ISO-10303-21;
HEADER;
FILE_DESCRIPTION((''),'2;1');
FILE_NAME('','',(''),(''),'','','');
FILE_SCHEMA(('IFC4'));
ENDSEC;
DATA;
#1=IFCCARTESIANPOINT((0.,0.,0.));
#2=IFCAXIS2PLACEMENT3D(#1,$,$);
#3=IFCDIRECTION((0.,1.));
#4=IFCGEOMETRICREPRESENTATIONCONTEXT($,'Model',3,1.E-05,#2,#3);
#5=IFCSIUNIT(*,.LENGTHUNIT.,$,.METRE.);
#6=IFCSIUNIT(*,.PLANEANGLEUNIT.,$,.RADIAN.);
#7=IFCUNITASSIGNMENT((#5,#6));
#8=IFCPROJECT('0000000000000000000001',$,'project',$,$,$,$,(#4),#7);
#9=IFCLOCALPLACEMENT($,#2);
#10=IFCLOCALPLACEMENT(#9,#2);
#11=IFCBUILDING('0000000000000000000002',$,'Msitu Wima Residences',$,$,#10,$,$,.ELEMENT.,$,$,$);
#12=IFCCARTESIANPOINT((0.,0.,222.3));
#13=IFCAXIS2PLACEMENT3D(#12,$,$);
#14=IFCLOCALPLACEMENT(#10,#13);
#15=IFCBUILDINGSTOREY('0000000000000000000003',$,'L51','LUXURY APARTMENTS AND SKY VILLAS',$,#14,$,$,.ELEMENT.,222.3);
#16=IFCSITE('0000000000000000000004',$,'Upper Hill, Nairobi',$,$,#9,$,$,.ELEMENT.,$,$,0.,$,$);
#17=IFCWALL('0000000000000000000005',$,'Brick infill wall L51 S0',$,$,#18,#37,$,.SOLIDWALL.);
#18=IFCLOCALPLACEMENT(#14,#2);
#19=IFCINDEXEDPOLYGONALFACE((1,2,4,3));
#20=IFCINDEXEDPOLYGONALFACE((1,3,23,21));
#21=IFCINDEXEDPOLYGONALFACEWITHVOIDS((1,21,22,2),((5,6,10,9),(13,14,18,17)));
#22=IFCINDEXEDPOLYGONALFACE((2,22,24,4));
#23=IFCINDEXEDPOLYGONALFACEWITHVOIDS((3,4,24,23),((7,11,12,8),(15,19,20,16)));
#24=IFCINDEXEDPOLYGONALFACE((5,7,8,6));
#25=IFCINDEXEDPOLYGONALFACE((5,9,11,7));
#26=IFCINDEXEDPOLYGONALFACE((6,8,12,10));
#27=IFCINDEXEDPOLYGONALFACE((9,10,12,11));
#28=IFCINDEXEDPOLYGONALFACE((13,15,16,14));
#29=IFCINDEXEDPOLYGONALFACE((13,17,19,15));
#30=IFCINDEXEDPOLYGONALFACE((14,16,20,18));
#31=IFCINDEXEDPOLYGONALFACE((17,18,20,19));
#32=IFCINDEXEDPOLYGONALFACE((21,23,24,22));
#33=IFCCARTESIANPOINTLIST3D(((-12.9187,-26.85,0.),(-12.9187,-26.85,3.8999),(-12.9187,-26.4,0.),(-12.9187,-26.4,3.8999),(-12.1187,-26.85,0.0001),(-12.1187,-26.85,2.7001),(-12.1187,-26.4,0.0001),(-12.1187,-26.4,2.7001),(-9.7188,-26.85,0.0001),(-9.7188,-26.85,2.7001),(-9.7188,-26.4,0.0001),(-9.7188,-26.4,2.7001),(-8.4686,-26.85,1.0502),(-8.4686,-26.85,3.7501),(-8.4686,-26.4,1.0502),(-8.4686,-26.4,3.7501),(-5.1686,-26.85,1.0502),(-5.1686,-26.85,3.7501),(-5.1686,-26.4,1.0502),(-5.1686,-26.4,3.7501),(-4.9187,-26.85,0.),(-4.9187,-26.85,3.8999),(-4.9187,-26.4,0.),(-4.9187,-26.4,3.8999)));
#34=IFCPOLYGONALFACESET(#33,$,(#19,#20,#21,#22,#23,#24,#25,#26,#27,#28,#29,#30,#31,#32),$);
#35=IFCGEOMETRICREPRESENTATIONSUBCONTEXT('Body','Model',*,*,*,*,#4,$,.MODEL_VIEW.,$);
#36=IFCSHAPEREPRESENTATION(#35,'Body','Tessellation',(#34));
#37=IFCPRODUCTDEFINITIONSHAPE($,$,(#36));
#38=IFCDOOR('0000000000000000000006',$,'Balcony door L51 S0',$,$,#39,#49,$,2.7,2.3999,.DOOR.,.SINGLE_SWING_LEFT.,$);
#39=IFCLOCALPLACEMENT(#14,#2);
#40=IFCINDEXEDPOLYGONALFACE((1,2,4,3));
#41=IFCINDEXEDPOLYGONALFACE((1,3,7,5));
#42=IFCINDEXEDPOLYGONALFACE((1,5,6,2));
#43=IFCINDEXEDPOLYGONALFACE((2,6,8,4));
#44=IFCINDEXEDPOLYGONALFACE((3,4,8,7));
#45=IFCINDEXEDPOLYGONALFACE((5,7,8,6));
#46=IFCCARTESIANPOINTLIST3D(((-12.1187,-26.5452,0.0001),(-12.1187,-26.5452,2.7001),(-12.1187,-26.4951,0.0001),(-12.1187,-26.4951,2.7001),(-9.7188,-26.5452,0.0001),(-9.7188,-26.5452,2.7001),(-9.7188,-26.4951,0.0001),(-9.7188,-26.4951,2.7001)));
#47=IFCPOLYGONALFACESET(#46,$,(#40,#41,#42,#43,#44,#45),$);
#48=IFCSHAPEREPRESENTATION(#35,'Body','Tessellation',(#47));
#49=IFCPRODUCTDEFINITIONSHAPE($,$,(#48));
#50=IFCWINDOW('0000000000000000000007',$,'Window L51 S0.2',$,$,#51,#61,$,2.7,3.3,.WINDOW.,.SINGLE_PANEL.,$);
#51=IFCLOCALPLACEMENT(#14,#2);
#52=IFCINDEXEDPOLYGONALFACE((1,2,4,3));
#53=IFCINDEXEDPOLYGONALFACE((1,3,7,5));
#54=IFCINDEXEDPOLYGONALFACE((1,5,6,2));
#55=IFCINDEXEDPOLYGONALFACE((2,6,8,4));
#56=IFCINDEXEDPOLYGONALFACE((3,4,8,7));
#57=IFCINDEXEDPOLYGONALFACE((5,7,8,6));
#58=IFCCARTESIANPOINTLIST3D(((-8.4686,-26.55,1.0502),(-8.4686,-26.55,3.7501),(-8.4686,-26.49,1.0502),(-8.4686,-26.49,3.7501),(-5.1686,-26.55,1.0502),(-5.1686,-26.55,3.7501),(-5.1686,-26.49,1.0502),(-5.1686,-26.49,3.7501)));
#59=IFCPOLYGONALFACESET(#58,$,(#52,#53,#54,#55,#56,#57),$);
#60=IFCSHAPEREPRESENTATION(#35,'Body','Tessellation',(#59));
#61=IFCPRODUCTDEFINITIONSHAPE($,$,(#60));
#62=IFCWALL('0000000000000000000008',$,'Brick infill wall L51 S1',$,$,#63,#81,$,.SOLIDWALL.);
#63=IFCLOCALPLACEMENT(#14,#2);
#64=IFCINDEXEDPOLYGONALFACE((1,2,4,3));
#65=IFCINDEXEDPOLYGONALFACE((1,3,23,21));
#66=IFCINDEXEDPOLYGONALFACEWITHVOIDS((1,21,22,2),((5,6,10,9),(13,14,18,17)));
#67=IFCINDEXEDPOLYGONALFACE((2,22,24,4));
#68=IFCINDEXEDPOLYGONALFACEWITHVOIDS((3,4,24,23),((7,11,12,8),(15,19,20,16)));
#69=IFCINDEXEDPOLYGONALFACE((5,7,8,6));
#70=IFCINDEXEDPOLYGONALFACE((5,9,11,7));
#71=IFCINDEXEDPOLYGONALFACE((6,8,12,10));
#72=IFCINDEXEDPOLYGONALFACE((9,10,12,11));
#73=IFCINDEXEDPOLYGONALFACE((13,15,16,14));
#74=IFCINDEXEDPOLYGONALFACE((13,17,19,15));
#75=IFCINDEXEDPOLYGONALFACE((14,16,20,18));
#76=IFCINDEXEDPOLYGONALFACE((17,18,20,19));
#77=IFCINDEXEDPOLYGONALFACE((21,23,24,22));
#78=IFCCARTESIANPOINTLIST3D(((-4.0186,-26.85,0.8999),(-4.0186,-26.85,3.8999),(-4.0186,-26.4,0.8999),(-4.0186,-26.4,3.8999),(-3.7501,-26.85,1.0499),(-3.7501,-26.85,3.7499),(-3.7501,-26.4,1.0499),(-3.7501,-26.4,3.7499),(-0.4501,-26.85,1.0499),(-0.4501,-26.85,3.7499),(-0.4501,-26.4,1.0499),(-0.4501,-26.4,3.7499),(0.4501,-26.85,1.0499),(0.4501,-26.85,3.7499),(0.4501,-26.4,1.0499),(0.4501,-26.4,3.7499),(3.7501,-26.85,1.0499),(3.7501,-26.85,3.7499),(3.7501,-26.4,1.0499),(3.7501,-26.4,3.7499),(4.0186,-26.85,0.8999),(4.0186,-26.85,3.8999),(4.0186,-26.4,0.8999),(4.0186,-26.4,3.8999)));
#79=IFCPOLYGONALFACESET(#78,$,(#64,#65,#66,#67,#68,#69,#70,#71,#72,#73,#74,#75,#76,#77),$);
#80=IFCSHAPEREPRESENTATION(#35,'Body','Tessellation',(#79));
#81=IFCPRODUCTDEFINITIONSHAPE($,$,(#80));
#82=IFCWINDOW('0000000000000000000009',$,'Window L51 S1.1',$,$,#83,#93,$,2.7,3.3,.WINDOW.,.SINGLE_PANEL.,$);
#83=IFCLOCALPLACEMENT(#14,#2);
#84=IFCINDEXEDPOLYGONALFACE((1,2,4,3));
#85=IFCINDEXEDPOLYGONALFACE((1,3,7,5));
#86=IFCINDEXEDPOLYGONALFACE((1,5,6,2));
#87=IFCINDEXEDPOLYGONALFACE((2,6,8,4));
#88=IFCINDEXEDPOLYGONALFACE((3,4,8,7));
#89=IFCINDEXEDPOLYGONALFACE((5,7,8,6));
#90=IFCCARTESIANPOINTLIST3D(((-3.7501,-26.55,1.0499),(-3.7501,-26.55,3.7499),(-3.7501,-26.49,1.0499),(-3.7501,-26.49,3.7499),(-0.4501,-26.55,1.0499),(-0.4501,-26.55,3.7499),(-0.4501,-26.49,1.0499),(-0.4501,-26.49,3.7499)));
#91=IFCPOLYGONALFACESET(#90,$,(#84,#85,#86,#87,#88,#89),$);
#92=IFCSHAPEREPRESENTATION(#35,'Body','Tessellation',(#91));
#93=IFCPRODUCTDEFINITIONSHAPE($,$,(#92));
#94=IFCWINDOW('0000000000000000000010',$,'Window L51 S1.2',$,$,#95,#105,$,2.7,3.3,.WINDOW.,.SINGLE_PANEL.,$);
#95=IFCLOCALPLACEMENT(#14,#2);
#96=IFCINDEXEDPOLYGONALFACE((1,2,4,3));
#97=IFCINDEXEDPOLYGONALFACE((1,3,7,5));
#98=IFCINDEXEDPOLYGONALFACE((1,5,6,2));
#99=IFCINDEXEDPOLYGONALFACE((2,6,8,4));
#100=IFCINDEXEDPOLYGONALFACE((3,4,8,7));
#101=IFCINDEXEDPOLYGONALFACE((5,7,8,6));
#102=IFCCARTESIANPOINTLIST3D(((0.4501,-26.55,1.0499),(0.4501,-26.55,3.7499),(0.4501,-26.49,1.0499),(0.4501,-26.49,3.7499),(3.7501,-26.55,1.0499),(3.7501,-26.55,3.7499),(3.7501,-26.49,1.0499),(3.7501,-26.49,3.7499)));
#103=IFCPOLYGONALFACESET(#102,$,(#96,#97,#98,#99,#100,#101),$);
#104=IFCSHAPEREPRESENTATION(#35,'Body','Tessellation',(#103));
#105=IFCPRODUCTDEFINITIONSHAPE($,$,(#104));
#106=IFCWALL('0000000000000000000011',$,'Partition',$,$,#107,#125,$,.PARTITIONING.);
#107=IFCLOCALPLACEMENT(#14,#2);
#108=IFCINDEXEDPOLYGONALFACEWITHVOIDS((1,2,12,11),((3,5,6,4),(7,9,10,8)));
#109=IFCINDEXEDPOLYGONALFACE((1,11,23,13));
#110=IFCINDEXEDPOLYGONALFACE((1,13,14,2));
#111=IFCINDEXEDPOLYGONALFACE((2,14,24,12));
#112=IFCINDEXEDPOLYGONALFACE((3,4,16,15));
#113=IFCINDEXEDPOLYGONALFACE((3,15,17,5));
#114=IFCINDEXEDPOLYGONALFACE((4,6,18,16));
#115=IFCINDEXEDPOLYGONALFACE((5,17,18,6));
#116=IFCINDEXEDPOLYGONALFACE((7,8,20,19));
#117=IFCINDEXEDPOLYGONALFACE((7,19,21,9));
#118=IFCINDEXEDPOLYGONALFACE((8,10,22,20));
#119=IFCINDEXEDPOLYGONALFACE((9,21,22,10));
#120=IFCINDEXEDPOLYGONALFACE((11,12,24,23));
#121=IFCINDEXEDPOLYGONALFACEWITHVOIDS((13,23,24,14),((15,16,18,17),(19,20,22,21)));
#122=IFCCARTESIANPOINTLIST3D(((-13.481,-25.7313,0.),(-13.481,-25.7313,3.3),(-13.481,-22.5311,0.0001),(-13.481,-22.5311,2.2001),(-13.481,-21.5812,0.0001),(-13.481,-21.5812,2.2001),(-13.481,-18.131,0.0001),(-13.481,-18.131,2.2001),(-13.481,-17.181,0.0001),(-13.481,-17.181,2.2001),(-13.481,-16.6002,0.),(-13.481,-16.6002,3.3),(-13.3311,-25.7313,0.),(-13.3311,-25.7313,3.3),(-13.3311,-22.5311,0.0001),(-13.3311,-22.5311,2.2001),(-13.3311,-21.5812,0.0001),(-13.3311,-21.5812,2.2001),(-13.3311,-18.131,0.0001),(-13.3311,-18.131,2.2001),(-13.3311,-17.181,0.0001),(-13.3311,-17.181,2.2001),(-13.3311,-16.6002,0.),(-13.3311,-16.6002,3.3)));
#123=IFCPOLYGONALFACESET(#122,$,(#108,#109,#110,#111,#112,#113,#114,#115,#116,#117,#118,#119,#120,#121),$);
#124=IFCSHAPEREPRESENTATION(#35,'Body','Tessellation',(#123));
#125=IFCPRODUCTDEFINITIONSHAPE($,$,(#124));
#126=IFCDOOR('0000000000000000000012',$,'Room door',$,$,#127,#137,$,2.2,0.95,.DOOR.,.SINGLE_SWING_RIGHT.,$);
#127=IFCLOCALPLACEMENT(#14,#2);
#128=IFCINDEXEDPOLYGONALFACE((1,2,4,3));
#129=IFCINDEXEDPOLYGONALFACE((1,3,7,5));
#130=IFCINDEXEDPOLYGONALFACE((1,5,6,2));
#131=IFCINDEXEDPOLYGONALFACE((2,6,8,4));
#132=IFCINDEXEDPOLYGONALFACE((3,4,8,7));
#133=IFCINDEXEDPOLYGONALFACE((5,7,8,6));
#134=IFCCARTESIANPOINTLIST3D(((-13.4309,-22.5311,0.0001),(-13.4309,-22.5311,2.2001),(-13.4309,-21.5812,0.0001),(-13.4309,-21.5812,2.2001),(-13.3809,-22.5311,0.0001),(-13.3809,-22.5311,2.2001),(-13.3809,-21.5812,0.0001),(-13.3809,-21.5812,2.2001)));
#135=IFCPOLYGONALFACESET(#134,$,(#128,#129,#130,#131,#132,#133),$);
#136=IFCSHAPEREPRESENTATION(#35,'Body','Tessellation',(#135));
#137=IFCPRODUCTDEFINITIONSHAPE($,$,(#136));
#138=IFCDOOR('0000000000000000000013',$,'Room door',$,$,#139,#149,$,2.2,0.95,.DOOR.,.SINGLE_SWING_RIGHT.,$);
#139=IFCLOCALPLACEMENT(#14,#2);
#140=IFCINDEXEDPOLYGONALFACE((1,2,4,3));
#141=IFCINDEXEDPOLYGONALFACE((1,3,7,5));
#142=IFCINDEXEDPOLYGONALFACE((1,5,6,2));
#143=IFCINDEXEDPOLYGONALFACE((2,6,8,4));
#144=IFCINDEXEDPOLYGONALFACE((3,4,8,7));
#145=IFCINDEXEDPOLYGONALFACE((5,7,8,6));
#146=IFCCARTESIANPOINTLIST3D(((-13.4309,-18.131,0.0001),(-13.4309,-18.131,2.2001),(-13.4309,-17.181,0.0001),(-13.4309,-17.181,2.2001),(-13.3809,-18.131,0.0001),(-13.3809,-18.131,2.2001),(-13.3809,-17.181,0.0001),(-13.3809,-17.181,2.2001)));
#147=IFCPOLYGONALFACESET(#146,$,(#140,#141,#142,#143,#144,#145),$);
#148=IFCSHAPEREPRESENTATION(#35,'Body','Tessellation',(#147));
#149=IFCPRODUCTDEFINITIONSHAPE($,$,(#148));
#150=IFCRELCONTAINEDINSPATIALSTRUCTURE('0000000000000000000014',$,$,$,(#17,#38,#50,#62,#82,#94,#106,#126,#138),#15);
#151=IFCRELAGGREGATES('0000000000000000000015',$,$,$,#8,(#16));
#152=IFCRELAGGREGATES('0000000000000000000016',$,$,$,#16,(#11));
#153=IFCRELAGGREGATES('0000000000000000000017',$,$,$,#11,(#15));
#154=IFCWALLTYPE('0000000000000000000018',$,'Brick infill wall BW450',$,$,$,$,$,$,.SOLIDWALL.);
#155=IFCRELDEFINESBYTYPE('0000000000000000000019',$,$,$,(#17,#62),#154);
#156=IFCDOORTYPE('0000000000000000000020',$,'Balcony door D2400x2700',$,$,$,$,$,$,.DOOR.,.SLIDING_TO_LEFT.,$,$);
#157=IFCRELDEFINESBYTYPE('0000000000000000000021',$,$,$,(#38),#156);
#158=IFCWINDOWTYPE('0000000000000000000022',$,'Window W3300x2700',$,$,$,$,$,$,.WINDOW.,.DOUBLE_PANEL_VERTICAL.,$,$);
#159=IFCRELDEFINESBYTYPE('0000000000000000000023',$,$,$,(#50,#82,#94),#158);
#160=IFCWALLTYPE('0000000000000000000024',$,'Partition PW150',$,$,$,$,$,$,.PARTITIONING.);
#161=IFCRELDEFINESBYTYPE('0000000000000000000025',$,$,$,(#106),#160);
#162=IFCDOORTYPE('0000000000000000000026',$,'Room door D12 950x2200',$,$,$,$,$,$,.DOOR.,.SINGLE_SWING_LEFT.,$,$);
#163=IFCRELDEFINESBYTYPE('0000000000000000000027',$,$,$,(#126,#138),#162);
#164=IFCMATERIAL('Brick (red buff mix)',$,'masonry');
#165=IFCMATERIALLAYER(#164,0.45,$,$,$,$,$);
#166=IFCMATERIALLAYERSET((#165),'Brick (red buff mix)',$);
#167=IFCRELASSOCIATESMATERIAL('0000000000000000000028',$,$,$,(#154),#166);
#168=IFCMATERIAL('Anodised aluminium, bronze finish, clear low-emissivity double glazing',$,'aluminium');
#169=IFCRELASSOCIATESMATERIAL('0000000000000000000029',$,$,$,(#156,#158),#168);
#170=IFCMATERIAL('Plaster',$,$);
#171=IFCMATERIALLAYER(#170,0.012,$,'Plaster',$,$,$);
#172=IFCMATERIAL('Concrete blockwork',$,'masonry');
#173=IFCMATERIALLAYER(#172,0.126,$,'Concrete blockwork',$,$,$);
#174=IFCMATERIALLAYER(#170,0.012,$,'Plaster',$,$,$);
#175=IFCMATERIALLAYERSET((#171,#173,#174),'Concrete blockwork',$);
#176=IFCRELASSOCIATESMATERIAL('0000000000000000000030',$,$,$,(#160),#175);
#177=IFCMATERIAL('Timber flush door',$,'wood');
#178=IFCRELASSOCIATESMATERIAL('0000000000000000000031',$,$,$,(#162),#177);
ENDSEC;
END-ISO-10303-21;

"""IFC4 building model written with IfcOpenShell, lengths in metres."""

from ifc_helpers import new_model, si_unit, direction, frame, frame_2d, origin, place, context, subcontext, project, spatial, rectangle, extrude, material, layer, layer_set, type_object, element, fill, save


model = new_model("IFC4")

# Units and contexts
model_context = context("Model", 3, precision=1e-05, world=origin(), true_north=direction((0.0, 1.0)))
body_context = subcontext(model_context, "Body", "Model", "MODEL_VIEW")
ifc_project = project(units=[si_unit("LENGTHUNIT", "METRE"), si_unit("PLANEANGLEUNIT", "RADIAN")], contexts=[model_context])

# Site, building, storey
site_placement = place(None, origin())
site = spatial("IfcSite", under=ifc_project, at=site_placement, Name="Upper Hill, Nairobi", CompositionType="ELEMENT", RefElevation=0.0)
building_placement = place(site_placement, origin())
building = spatial("IfcBuilding", under=site, at=building_placement, Name="Msitu Wima Residences", CompositionType="ELEMENT")
storey_placement = place(building_placement, frame((0.0, 0.0, 222.3)))
storey = spatial("IfcBuildingStorey", under=building, at=storey_placement, Name="L51", Description="LUXURY APARTMENTS AND SKY VILLAS", CompositionType="ELEMENT", Elevation=222.3)

# Wall, openings, door, window
ifc_material_1 = material(Name="Brick (red buff mix)", Category="masonry")
ifc_layer_1 = layer(ifc_material_1, 0.45)
ifc_layer_set_1 = layer_set([ifc_layer_1], Name="Brick (red buff mix)")
wall_type_1 = type_object("IfcWallType", Name="Brick infill wall BW450", PredefinedType="SOLIDWALL", material=ifc_layer_set_1)
wall_1_placement = place(storey_placement, frame((-12.9187, -26.625, 0.0), z_axis=(0.0, 0.0, 1.0), x_axis=(1.0, 0.0, 0.0)))
wall_1 = element("IfcWall", 1, at=wall_1_placement, inside=storey, type_object=wall_type_1, Name="Brick infill wall L51 S0", PredefinedType="SOLIDWALL", context=body_context, shape_type="SweptSolid", body=[
    extrude(rectangle(XDim=8.0, YDim=0.45, at=frame_2d((4.0, 0.0))), origin(), (0.0, 0.0, 1.0), 3.8999),
])
opening_1_placement = place(wall_1_placement, frame((0.8, 0.0, 0.0)))
opening_1 = element("IfcOpeningElement", 2, at=opening_1_placement, cuts=wall_1, PredefinedType="OPENING", context=body_context, shape_type="SweptSolid", body=[
    extrude(rectangle(XDim=2.3999, YDim=2.7, at=frame_2d((1.2, 1.3501))), frame((0.0, 0.2349, 0.0), z_axis=(0.0, -1.0, 0.0), x_axis=(1.0, 0.0, 0.0)), (0.0, 0.0, 1.0), 0.47),
])
opening_2_placement = place(wall_1_placement, frame((4.4502, 0.0, 1.05)))
opening_2 = element("IfcOpeningElement", 3, at=opening_2_placement, cuts=wall_1, PredefinedType="OPENING", context=body_context, shape_type="SweptSolid", body=[
    extrude(rectangle(XDim=3.3, YDim=2.7, at=frame_2d((1.6499, 1.3501))), frame((0.0, 0.2349, 0.0), z_axis=(0.0, -1.0, 0.0), x_axis=(1.0, 0.0, 0.0)), (0.0, 0.0, 1.0), 0.47),
])
ifc_material_2 = material(Name="Anodised aluminium, bronze finish, clear low-emissivity double glazing", Category="aluminium")
door_type_1 = type_object("IfcDoorType", Name="Balcony door D2400x2700", OperationType="SLIDING_TO_LEFT", PredefinedType="DOOR", material=ifc_material_2)
door_1_placement = place(opening_1_placement, origin())
door_1 = element("IfcDoor", 4, at=door_1_placement, inside=storey, type_object=door_type_1, Name="Balcony door L51 S0", OperationType="SINGLE_SWING_LEFT", OverallHeight=2.7, OverallWidth=2.3999, PredefinedType="DOOR", context=body_context, shape_type="SweptSolid", body=[
    extrude(rectangle(XDim=2.3999, YDim=2.7, at=frame_2d((1.2, 1.3501))), frame((0.0, 0.1299, 0.0), z_axis=(0.0, -1.0, 0.0), x_axis=(1.0, 0.0, 0.0)), (0.0, 0.0, 1.0), 0.05),
])
fill(opening_1, door_1)
window_type = type_object("IfcWindowType", Name="Window W3300x2700", PartitioningType="DOUBLE_PANEL_VERTICAL", PredefinedType="WINDOW", material=ifc_material_2)
window_1_placement = place(opening_2_placement, origin())
window_1 = element("IfcWindow", 5, at=window_1_placement, inside=storey, type_object=window_type, Name="Window L51 S0.2", OverallHeight=2.7, OverallWidth=3.3, PartitioningType="SINGLE_PANEL", PredefinedType="WINDOW", context=body_context, shape_type="SweptSolid", body=[
    extrude(rectangle(XDim=3.3, YDim=2.7, at=frame_2d((1.6499, 1.3501))), frame((0.0, 0.135, 0.0), z_axis=(0.0, -1.0, 0.0), x_axis=(1.0, 0.0, 0.0)), (0.0, 0.0, 1.0), 0.0601),
])
fill(opening_2, window_1)

# Wall, openings, windows
wall_2_placement = place(storey_placement, frame((-4.0186, -26.625, 0.8999), z_axis=(0.0, 0.0, 1.0), x_axis=(1.0, 0.0, 0.0)))
wall_2 = element("IfcWall", 6, at=wall_2_placement, inside=storey, type_object=wall_type_1, Name="Brick infill wall L51 S1", PredefinedType="SOLIDWALL", context=body_context, shape_type="SweptSolid", body=[
    extrude(rectangle(XDim=8.0371, YDim=0.45, at=frame_2d((4.0186, 0.0))), origin(), (0.0, 0.0, 1.0), 3.0),
])
opening_3_placement = place(wall_2_placement, frame((0.2686, 0.0, 0.1499)))
opening_3 = element("IfcOpeningElement", 7, at=opening_3_placement, cuts=wall_2, PredefinedType="OPENING", context=body_context, shape_type="SweptSolid", body=[
    extrude(rectangle(XDim=3.3, YDim=2.7, at=frame_2d((1.6499, 1.3501))), frame((0.0, 0.2349, 0.0), z_axis=(0.0, -1.0, 0.0), x_axis=(1.0, 0.0, 0.0)), (0.0, 0.0, 1.0), 0.47),
])
opening_4_placement = place(wall_2_placement, frame((4.4688, 0.0, 0.1499)))
opening_4 = element("IfcOpeningElement", 8, at=opening_4_placement, cuts=wall_2, PredefinedType="OPENING", context=body_context, shape_type="SweptSolid", body=[
    extrude(rectangle(XDim=3.3, YDim=2.7, at=frame_2d((1.6499, 1.3501))), frame((0.0, 0.2349, 0.0), z_axis=(0.0, -1.0, 0.0), x_axis=(1.0, 0.0, 0.0)), (0.0, 0.0, 1.0), 0.47),
])
window_2_placement = place(opening_3_placement, origin())
window_2 = element("IfcWindow", 9, at=window_2_placement, inside=storey, type_object=window_type, Name="Window L51 S1.1", OverallHeight=2.7, OverallWidth=3.3, PartitioningType="SINGLE_PANEL", PredefinedType="WINDOW", context=body_context, shape_type="SweptSolid", body=[
    extrude(rectangle(XDim=3.3, YDim=2.7, at=frame_2d((1.6499, 1.3501))), frame((0.0, 0.135, 0.0), z_axis=(0.0, -1.0, 0.0), x_axis=(1.0, 0.0, 0.0)), (0.0, 0.0, 1.0), 0.0601),
])
fill(opening_3, window_2)
window_3_placement = place(opening_4_placement, origin())
window_3 = element("IfcWindow", 10, at=window_3_placement, inside=storey, type_object=window_type, Name="Window L51 S1.2", OverallHeight=2.7, OverallWidth=3.3, PartitioningType="SINGLE_PANEL", PredefinedType="WINDOW", context=body_context, shape_type="SweptSolid", body=[
    extrude(rectangle(XDim=3.3, YDim=2.7, at=frame_2d((1.6499, 1.3501))), frame((0.0, 0.135, 0.0), z_axis=(0.0, -1.0, 0.0), x_axis=(1.0, 0.0, 0.0)), (0.0, 0.0, 1.0), 0.0601),
])
fill(opening_4, window_3)

# Wall, openings, doors
ifc_material_3 = material(Name="Plaster")
ifc_layer_2 = layer(ifc_material_3, 0.012, Name="Plaster")
ifc_material_4 = material(Name="Concrete blockwork", Category="masonry")
ifc_layer_3 = layer(ifc_material_4, 0.126, Name="Concrete blockwork")
ifc_layer_4 = layer(ifc_material_3, 0.012, Name="Plaster")
ifc_layer_set_2 = layer_set([ifc_layer_2, ifc_layer_3, ifc_layer_4], Name="Concrete blockwork")
wall_type_2 = type_object("IfcWallType", Name="Partition PW150", PredefinedType="PARTITIONING", material=ifc_layer_set_2)
wall_3_placement = place(storey_placement, frame((-13.406, -25.7312, 0.0), z_axis=(0.0, 0.0, 1.0), x_axis=(0.0, 1.0, 0.0)))
wall_3 = element("IfcWall", 11, at=wall_3_placement, inside=storey, type_object=wall_type_2, Name="Partition", PredefinedType="PARTITIONING", context=body_context, shape_type="SweptSolid", body=[
    extrude(rectangle(XDim=9.1311, YDim=0.1499, at=frame_2d((4.5654, 0.0))), origin(), (0.0, 0.0, 1.0), 3.3),
])
opening_5_placement = place(wall_3_placement, frame((3.2, 0.0, 0.0)))
opening_5 = element("IfcOpeningElement", 12, at=opening_5_placement, cuts=wall_3, PredefinedType="OPENING", context=body_context, shape_type="SweptSolid", body=[
    extrude(rectangle(XDim=0.95, YDim=2.2, at=frame_2d((0.4751, 1.1001))), frame((0.0, 0.085, 0.0), z_axis=(0.0, -1.0, 0.0), x_axis=(1.0, 0.0, 0.0)), (0.0, 0.0, 1.0), 0.1699),
])
opening_6_placement = place(wall_3_placement, frame((7.6001, 0.0, 0.0)))
opening_6 = element("IfcOpeningElement", 13, at=opening_6_placement, cuts=wall_3, PredefinedType="OPENING", context=body_context, shape_type="SweptSolid", body=[
    extrude(rectangle(XDim=0.95, YDim=2.2, at=frame_2d((0.4751, 1.1001))), frame((0.0, 0.085, 0.0), z_axis=(0.0, -1.0, 0.0), x_axis=(1.0, 0.0, 0.0)), (0.0, 0.0, 1.0), 0.1699),
])
ifc_material_5 = material(Name="Timber flush door", Category="wood")
door_type_2 = type_object("IfcDoorType", Name="Room door D12 950x2200", OperationType="SINGLE_SWING_LEFT", PredefinedType="DOOR", material=ifc_material_5)
door_2_placement = place(opening_5_placement, origin())
door_2 = element("IfcDoor", 14, at=door_2_placement, inside=storey, type_object=door_type_2, Name="Room door", OperationType="SINGLE_SWING_RIGHT", OverallHeight=2.2, OverallWidth=0.95, PredefinedType="DOOR", context=body_context, shape_type="SweptSolid", body=[
    extrude(rectangle(XDim=0.95, YDim=2.2, at=frame_2d((0.4751, 1.1001))), frame((0.0, 0.0249, 0.0), z_axis=(0.0, -1.0, 0.0), x_axis=(1.0, 0.0, 0.0)), (0.0, 0.0, 1.0), 0.05),
])
fill(opening_5, door_2)
door_3_placement = place(opening_6_placement, origin())
door_3 = element("IfcDoor", 15, at=door_3_placement, inside=storey, type_object=door_type_2, Name="Room door", OperationType="SINGLE_SWING_RIGHT", OverallHeight=2.2, OverallWidth=0.95, PredefinedType="DOOR", context=body_context, shape_type="SweptSolid", body=[
    extrude(rectangle(XDim=0.95, YDim=2.2, at=frame_2d((0.4751, 1.1001))), frame((0.0, 0.0249, 0.0), z_axis=(0.0, -1.0, 0.0), x_axis=(1.0, 0.0, 0.0)), (0.0, 0.0, 1.0), 0.05),
])
fill(opening_6, door_3)

save(model, "model.ifc")
